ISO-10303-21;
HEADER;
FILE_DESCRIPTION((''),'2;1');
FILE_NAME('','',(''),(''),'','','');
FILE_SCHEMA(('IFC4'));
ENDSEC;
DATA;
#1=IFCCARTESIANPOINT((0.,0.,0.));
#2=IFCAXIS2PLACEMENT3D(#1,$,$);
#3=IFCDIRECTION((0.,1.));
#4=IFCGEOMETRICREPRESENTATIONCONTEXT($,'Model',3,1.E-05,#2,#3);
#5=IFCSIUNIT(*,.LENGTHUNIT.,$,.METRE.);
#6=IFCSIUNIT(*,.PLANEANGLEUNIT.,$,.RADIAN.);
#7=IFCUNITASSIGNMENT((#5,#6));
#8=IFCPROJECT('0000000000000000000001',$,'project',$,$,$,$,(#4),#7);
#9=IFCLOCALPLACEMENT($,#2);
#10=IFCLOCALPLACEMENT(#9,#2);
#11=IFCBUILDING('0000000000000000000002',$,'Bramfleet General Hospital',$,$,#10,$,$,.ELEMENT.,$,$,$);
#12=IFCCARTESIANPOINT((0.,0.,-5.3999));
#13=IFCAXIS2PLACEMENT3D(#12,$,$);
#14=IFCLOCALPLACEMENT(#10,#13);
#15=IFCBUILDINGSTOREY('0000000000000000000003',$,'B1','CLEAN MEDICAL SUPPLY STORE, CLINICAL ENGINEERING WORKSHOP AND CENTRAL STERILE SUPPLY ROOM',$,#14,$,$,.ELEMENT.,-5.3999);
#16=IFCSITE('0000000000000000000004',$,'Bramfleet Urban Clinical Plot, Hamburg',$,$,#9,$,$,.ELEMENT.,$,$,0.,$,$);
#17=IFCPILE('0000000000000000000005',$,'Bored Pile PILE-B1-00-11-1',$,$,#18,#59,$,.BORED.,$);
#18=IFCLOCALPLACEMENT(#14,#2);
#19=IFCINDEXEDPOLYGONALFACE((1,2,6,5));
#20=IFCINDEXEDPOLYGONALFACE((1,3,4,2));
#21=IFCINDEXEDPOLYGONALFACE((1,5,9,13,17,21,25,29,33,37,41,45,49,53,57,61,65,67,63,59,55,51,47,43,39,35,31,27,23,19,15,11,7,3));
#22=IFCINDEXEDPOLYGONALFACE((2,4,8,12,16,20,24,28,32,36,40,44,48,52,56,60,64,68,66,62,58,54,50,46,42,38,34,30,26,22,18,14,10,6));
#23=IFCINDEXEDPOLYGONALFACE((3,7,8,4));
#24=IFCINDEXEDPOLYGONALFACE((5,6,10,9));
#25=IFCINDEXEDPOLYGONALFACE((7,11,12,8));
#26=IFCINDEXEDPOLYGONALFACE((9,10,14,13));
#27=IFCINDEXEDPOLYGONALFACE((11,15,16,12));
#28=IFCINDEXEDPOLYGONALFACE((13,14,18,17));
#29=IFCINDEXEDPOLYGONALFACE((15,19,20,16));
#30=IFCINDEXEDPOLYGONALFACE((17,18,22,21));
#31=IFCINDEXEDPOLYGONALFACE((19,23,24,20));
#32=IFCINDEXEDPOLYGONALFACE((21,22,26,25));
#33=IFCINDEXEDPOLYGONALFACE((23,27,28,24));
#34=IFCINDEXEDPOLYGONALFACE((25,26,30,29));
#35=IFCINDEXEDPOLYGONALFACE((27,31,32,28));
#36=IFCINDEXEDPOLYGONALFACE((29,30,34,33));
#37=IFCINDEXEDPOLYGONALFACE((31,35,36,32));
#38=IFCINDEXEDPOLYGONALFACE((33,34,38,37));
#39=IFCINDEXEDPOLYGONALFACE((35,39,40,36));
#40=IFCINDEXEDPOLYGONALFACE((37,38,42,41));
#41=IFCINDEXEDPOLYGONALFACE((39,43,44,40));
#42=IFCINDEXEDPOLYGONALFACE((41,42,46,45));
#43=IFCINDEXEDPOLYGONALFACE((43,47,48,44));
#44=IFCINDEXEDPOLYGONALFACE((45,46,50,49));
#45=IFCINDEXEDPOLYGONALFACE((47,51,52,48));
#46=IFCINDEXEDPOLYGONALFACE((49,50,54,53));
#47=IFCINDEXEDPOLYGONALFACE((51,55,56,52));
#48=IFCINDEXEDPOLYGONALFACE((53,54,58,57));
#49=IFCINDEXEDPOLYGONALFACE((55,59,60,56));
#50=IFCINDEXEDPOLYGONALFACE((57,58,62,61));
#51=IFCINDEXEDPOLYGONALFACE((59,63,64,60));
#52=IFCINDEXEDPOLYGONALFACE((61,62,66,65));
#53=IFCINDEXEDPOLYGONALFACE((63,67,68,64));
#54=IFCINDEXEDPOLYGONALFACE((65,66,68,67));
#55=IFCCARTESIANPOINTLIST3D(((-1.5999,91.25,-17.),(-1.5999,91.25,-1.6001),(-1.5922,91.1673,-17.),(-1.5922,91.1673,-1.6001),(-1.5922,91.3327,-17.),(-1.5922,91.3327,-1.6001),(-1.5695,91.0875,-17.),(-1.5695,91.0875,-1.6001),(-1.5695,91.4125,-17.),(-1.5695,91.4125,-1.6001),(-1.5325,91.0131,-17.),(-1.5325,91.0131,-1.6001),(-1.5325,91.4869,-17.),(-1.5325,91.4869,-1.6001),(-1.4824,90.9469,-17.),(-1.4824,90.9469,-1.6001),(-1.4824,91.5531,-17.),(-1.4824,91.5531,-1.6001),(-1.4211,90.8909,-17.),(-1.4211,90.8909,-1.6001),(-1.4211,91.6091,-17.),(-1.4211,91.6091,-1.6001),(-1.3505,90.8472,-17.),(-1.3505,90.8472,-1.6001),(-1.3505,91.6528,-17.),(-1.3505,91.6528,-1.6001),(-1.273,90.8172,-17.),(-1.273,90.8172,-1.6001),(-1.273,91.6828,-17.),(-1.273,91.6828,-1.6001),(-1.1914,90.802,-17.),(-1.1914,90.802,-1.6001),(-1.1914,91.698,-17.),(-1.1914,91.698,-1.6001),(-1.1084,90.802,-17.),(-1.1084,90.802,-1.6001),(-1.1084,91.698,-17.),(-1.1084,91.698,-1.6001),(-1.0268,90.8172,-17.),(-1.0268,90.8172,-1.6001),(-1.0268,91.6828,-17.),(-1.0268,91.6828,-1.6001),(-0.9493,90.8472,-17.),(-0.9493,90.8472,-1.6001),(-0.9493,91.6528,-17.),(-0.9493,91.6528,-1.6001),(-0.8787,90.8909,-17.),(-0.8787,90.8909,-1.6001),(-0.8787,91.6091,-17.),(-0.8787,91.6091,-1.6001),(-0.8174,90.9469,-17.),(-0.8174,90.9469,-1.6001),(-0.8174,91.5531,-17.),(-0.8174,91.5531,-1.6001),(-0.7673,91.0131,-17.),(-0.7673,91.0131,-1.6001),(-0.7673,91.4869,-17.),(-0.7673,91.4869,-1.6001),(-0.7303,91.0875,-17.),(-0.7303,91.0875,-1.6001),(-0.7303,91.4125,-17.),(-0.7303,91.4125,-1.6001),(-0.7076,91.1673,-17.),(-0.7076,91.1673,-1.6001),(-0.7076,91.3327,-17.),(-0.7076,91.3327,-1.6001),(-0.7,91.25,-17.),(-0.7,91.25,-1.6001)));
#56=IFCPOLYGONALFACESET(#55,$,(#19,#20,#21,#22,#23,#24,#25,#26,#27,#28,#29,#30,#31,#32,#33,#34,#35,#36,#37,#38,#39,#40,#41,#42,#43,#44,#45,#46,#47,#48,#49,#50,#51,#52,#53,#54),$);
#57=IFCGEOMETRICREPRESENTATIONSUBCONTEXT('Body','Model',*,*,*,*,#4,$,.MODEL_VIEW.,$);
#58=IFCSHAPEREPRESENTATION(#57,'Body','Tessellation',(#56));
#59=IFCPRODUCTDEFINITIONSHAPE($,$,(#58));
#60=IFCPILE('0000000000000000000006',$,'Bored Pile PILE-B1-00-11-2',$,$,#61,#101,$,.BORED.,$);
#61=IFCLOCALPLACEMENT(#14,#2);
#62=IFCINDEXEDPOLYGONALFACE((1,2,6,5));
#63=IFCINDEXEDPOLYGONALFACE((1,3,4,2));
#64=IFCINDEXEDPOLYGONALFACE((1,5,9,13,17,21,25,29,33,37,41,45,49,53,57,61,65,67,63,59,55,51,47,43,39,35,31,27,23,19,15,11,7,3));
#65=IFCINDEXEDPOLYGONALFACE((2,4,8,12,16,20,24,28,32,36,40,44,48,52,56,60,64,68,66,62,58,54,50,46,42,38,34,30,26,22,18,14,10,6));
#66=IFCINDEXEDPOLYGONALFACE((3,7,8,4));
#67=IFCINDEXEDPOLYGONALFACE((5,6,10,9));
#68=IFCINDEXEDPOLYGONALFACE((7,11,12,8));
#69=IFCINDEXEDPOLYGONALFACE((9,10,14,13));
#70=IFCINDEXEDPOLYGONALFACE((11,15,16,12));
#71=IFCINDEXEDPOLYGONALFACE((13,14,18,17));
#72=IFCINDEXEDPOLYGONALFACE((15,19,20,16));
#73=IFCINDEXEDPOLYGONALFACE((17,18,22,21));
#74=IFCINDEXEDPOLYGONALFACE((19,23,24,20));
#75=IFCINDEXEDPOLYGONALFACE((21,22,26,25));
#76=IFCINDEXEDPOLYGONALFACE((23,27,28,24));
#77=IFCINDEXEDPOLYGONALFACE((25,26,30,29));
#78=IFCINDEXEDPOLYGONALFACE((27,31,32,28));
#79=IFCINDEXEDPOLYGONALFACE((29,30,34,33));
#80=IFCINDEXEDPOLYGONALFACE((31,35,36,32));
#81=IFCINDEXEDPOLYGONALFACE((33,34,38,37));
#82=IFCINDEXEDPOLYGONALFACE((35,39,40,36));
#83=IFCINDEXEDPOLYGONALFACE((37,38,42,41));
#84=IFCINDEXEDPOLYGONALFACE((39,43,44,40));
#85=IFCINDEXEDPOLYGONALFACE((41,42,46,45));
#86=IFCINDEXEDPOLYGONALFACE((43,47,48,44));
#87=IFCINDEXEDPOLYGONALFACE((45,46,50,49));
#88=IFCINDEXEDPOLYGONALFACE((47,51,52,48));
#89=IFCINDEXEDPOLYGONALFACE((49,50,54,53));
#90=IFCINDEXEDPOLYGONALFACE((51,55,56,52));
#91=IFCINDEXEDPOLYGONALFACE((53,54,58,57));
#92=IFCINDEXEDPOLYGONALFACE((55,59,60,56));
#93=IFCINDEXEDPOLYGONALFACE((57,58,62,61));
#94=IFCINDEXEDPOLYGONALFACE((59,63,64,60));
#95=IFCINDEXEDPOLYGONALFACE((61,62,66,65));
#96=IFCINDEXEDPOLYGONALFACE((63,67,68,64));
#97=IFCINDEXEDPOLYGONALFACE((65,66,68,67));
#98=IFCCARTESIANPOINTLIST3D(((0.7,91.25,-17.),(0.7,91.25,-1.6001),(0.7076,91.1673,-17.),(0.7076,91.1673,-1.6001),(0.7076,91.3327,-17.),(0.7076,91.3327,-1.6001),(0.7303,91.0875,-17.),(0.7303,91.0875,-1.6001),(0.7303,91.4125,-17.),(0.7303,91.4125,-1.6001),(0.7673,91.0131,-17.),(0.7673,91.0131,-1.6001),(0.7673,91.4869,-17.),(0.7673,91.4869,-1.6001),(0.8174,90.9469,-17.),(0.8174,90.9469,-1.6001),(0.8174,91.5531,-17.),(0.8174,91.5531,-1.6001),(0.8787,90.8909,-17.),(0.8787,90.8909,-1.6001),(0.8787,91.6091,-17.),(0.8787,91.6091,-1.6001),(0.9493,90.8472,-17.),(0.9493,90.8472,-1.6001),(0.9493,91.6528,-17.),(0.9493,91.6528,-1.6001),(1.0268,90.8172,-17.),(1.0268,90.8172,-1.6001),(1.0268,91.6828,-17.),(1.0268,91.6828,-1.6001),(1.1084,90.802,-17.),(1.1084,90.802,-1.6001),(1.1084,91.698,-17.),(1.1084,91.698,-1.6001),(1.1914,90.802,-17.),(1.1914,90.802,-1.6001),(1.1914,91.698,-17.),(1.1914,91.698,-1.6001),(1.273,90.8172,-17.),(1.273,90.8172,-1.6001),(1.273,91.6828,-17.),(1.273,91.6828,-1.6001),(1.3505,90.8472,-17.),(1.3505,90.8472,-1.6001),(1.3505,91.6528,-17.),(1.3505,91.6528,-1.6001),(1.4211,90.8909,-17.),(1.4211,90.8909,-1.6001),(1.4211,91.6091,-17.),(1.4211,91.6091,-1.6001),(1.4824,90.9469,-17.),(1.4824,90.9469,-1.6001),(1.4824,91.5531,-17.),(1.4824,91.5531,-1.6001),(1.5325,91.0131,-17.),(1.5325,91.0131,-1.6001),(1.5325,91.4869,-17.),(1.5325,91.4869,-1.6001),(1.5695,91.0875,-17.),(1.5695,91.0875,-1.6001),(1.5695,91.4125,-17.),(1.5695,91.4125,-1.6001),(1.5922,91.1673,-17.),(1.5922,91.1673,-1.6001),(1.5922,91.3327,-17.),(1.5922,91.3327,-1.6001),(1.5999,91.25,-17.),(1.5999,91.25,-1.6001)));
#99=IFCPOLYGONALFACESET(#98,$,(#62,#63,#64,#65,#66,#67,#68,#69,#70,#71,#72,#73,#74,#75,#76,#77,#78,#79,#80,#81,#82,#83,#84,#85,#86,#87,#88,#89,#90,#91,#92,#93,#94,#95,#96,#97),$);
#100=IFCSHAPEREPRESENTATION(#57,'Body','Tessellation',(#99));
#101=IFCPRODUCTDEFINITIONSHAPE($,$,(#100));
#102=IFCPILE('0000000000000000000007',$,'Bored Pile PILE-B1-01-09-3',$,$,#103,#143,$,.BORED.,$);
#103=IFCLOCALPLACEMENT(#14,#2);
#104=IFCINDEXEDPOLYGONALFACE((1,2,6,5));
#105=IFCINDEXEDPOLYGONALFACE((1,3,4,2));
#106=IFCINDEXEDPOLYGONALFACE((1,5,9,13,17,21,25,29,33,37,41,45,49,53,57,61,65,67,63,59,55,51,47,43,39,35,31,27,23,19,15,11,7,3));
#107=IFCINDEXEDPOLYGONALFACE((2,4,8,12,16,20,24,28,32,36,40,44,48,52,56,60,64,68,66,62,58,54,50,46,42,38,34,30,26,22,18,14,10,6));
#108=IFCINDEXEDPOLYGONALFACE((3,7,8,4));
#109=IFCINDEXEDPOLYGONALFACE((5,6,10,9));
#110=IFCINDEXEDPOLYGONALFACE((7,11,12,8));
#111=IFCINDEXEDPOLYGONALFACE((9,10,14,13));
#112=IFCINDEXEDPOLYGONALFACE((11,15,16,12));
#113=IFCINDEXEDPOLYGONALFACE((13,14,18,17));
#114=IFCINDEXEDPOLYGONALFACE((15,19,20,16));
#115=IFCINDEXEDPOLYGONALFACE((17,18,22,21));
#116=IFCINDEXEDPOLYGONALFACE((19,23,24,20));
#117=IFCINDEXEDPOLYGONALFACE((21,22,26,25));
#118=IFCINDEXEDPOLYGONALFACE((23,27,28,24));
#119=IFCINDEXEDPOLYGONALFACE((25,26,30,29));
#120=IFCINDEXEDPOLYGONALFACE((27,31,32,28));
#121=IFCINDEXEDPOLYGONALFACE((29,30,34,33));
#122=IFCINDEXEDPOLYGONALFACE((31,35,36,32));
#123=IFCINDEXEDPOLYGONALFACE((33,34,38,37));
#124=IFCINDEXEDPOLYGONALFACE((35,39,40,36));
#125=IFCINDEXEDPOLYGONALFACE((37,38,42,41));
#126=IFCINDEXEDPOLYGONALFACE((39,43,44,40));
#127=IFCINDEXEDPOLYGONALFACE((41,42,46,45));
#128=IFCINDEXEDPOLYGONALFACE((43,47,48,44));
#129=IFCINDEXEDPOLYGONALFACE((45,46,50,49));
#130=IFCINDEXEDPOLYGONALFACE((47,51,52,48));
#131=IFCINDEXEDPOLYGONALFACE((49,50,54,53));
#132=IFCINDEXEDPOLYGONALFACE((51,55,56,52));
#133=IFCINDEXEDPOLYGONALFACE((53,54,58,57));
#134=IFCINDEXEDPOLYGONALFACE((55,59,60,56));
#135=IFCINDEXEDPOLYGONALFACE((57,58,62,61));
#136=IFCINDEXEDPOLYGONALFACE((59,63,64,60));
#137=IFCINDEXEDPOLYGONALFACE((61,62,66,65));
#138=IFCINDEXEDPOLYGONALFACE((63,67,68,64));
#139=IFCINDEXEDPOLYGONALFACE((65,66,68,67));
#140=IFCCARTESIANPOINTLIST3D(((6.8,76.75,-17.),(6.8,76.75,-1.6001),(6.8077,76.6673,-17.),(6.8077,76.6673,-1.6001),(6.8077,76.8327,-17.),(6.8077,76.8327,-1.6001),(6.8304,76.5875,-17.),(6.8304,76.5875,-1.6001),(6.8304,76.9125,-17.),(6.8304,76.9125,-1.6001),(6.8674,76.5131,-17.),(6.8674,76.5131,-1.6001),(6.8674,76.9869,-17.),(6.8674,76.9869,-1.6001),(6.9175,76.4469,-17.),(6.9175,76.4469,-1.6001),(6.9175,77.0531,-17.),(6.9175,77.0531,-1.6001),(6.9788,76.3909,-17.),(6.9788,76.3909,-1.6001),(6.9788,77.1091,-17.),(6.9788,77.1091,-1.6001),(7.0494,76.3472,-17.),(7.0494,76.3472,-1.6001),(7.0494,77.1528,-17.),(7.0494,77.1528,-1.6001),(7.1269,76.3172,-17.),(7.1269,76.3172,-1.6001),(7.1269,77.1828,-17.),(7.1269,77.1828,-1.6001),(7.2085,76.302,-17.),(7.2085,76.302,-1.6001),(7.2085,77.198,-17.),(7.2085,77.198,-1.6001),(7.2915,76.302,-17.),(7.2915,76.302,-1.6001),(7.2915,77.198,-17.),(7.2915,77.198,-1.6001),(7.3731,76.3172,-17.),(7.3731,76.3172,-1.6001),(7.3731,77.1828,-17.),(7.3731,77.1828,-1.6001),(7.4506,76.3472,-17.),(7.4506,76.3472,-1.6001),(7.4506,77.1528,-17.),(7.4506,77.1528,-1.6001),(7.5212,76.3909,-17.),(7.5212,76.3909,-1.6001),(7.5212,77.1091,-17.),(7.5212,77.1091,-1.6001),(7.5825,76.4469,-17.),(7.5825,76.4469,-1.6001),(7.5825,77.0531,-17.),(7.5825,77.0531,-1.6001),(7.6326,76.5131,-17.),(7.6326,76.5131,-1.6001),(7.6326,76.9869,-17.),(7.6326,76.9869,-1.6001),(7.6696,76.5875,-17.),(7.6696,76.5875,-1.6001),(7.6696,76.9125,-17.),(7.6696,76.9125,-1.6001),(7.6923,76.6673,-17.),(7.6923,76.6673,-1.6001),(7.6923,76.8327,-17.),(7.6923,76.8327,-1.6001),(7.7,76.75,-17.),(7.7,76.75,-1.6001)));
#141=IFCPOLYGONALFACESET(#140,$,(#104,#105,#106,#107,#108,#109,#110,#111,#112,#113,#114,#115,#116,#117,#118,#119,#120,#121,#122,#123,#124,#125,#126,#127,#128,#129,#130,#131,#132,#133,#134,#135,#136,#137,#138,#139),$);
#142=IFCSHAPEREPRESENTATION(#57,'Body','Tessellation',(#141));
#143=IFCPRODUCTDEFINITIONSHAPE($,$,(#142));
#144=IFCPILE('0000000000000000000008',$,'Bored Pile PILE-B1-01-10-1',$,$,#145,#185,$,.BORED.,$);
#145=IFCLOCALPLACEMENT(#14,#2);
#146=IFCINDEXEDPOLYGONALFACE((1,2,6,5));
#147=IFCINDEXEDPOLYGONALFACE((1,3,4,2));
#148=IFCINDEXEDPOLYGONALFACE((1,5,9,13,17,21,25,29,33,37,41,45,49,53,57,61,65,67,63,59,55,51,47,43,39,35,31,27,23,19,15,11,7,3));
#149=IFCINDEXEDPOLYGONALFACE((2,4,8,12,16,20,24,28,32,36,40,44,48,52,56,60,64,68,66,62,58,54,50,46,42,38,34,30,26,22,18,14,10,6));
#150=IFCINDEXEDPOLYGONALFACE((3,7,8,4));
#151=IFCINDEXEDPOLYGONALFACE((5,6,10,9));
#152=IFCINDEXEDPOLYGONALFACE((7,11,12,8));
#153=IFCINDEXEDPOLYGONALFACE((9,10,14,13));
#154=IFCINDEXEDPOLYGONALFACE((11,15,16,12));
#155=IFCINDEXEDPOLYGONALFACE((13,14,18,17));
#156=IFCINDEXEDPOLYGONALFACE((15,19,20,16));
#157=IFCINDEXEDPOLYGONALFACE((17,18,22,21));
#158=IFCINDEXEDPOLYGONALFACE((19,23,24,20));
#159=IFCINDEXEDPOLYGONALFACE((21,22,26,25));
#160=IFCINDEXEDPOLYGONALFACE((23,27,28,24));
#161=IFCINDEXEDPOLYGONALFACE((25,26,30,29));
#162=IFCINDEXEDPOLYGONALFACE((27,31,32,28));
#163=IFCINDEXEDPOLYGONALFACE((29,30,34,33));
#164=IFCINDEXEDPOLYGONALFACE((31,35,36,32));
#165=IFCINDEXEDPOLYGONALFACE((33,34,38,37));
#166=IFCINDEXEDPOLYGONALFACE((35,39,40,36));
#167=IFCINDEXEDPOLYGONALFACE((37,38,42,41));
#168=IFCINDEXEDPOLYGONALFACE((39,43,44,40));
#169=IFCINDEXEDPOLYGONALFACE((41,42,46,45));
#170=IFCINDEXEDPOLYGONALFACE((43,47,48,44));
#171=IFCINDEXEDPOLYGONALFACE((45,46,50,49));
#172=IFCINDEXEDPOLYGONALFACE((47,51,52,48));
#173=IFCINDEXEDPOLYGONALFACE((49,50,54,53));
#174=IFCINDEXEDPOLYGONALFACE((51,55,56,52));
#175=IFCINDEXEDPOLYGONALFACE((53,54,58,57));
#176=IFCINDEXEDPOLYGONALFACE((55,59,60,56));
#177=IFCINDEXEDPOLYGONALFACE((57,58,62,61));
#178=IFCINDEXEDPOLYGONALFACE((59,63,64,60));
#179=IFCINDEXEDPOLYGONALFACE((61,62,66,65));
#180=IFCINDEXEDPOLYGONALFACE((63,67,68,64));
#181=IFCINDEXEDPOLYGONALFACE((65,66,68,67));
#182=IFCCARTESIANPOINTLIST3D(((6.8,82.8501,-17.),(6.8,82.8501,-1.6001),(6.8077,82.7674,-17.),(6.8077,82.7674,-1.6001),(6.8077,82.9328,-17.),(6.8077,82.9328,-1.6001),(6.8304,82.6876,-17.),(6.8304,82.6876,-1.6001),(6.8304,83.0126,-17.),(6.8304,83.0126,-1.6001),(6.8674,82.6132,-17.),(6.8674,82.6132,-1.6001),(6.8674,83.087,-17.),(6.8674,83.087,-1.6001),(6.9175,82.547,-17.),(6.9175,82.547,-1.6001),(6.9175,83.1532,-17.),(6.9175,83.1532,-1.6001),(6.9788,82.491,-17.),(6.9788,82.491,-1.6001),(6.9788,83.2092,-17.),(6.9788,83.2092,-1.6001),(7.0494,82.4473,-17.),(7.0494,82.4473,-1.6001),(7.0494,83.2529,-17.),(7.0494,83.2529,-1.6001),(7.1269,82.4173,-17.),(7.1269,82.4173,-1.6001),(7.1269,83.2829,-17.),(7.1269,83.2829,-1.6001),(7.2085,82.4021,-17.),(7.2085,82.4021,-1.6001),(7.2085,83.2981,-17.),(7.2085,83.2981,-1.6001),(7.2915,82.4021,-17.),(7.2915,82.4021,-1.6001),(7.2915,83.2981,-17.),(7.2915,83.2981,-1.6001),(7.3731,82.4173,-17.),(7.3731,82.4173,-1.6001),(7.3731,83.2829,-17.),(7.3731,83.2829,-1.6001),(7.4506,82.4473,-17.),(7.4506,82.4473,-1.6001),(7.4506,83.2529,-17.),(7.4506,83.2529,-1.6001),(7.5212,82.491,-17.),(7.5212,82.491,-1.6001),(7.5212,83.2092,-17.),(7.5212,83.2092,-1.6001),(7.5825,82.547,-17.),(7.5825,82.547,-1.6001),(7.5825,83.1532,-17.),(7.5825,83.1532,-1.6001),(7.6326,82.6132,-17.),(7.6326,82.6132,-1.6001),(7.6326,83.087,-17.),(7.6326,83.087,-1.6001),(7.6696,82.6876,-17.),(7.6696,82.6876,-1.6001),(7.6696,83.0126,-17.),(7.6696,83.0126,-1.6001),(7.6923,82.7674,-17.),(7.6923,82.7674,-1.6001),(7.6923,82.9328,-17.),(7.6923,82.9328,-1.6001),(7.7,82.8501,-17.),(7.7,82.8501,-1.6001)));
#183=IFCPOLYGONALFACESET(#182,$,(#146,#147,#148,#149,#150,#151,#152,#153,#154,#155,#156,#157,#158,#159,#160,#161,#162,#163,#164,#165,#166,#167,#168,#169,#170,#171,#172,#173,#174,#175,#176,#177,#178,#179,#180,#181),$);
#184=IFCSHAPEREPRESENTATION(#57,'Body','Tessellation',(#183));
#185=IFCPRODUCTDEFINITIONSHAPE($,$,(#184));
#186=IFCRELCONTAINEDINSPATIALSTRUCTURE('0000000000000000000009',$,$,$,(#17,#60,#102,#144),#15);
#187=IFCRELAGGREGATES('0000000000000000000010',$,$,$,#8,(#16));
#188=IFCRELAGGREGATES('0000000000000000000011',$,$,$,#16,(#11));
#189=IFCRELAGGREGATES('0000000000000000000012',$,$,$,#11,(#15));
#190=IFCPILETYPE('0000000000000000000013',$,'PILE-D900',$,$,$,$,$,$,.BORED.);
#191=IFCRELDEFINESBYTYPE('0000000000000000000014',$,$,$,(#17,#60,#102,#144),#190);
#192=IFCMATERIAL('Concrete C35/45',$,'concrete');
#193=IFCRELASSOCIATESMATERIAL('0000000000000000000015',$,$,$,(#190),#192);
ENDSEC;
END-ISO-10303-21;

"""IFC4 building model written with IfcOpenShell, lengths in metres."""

from ifc_helpers import new_model, si_unit, direction, frame, origin, origin_2d, place, context, subcontext, project, spatial, circle, extrude, material, material_profile, profile_set, type_object, element, save


model = new_model("IFC4")

# Units and contexts
model_context = context("Model", 3, precision=1e-05, world=origin(), true_north=direction((0.0, 1.0)))
body_context = subcontext(model_context, "Body", "Model", "MODEL_VIEW")
ifc_project = project(units=[si_unit("LENGTHUNIT", "METRE"), si_unit("PLANEANGLEUNIT", "RADIAN")], contexts=[model_context])

# Site, building, storey
site_placement = place(None, origin())
site = spatial("IfcSite", under=ifc_project, at=site_placement, Name="Bramfleet Urban Clinical Plot, Hamburg", CompositionType="ELEMENT", RefElevation=0.0)
building_placement = place(site_placement, origin())
building = spatial("IfcBuilding", under=site, at=building_placement, Name="Bramfleet General Hospital", CompositionType="ELEMENT")
storey_placement = place(building_placement, frame((0.0, 0.0, -5.3999)))
storey = spatial("IfcBuildingStorey", under=building, at=storey_placement, Name="B1", Description="CLEAN MEDICAL SUPPLY STORE, CLINICAL ENGINEERING WORKSHOP AND CENTRAL STERILE SUPPLY ROOM", CompositionType="ELEMENT", Elevation=-5.3999)

# Shared definitions
ifc_material_1 = material(Name="Concrete C35/45", Category="concrete")

# Piles
ifc_material_profile_1 = material_profile(ifc_material_1, circle(Radius=0.45, at=origin_2d()), Name="PILE BORED D900")
ifc_profile_set_1 = profile_set([ifc_material_profile_1], Name="Concrete C35/45")
pile_type = type_object("IfcPileType", Name="PILE-D900", PredefinedType="BORED", material=ifc_profile_set_1)
for number, where, z_axis, x_axis, name in (
    (1, (-1.1499, 91.25, -1.6001), (0.0, 0.0, -1.0), (1.0, 0.0, 0.0), "Bored Pile PILE-B1-00-11-1"),
    (2, (1.1499, 91.25, -1.6001), (0.0, 0.0, -1.0), (1.0, 0.0, 0.0), "Bored Pile PILE-B1-00-11-2"),
    (3, (7.25, 76.75, -1.6001), (0.0, 0.0, -1.0), (1.0, 0.0, 0.0), "Bored Pile PILE-B1-01-09-3"),
    (4, (7.25, 82.8501, -1.6001), (0.0, 0.0, -1.0), (1.0, 0.0, 0.0), "Bored Pile PILE-B1-01-10-1"),
):
    element("IfcPile", number, at=place(storey_placement, frame(where, z_axis=z_axis, x_axis=x_axis)), inside=storey, type_object=pile_type, Name=name, PredefinedType="BORED", context=body_context, shape_type="SweptSolid", body=[
        extrude(circle(Radius=0.45, at=origin_2d()), origin(), (0.0, 0.0, 1.0), 15.3999),
    ])

save(model, "model.ifc")
